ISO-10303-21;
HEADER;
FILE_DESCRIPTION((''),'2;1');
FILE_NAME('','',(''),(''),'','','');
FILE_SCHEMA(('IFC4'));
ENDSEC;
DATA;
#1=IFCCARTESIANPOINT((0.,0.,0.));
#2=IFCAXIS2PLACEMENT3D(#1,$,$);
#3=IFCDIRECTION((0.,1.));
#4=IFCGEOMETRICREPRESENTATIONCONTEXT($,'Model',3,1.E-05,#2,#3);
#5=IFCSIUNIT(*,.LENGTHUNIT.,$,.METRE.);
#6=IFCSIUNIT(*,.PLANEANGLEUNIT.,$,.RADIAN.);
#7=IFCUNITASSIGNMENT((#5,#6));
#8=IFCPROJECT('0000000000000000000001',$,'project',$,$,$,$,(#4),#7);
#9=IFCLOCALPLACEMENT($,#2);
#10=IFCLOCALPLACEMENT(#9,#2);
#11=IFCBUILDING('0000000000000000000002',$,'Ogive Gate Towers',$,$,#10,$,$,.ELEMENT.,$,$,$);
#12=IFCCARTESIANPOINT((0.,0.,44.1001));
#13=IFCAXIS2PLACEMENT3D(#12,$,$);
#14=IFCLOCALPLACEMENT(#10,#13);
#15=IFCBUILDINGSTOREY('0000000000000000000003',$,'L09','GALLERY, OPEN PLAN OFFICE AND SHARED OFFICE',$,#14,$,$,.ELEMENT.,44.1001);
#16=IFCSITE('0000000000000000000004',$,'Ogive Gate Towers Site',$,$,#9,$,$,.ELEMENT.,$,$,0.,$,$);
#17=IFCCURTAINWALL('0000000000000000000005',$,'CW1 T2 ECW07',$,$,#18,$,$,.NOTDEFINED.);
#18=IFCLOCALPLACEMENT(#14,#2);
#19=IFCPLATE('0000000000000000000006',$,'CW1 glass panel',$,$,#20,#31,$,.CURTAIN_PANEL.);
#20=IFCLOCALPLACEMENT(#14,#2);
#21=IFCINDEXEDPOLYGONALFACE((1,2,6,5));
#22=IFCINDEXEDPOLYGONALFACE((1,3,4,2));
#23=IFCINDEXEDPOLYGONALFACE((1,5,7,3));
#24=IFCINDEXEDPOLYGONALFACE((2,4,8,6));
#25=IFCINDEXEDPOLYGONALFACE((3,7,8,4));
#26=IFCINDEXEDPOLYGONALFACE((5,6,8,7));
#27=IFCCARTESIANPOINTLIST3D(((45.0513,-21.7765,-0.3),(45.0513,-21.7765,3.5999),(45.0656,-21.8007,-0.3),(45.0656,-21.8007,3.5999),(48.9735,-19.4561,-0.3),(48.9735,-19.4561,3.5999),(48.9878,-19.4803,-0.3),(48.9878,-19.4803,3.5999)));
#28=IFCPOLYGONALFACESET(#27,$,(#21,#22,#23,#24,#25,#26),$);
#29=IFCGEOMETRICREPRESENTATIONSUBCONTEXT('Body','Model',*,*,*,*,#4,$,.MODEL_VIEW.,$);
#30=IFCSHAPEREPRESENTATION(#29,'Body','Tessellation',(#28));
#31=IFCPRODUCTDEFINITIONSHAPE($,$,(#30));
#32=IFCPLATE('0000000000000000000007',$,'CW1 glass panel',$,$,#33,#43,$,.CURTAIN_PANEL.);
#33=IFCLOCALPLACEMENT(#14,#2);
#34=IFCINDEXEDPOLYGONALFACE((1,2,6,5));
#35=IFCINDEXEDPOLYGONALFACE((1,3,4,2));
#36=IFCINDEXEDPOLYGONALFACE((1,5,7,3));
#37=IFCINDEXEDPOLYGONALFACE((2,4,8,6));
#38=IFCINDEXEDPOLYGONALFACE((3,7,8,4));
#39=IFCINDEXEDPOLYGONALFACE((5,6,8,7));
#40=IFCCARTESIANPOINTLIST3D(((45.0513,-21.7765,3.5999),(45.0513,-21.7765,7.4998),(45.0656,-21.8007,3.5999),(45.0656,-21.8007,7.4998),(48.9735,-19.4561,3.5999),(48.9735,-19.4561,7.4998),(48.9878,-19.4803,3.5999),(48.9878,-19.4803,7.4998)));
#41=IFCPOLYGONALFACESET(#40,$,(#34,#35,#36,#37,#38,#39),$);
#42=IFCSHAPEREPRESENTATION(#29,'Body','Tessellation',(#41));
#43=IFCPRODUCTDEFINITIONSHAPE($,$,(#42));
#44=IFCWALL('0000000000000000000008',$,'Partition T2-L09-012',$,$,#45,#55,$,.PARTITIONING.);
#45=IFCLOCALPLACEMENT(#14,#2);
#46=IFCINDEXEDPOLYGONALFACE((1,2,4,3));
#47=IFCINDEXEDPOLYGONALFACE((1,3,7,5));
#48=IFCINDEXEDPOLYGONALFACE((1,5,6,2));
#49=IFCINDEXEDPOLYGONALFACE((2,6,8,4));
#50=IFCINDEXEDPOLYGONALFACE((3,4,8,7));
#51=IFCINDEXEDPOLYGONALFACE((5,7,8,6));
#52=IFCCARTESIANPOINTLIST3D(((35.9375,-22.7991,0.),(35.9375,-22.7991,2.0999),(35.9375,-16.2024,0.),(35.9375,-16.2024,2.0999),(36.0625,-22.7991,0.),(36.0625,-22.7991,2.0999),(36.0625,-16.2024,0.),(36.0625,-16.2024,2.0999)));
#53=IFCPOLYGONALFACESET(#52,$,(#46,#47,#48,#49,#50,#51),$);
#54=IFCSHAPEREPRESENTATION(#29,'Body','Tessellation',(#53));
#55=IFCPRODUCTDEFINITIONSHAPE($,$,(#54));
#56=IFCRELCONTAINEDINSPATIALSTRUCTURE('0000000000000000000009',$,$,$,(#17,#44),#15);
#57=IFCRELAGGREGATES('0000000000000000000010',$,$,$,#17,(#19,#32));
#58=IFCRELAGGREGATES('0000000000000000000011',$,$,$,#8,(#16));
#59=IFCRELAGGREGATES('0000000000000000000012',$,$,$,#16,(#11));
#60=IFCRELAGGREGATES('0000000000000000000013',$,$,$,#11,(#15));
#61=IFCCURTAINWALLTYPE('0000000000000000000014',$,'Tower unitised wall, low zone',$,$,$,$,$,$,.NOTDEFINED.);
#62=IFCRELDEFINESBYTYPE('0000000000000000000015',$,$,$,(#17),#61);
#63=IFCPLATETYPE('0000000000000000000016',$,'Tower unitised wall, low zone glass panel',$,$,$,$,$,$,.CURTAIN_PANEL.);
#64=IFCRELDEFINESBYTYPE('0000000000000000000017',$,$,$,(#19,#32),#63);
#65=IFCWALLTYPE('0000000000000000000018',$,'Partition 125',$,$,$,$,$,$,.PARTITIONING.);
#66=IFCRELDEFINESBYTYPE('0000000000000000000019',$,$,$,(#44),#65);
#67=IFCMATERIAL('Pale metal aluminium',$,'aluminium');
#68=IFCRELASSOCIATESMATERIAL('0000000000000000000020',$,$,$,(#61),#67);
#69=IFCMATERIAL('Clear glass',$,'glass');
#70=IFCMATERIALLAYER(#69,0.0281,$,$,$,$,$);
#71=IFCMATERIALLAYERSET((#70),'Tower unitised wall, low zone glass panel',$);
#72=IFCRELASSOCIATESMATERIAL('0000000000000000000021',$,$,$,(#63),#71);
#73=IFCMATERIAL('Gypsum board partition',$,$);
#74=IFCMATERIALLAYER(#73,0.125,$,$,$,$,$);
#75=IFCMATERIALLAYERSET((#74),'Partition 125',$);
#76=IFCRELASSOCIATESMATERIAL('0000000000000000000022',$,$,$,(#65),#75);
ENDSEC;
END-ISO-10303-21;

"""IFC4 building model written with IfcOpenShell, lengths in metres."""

from ifc_helpers import new_model, si_unit, direction, frame, frame_2d, origin, origin_2d, place, context, subcontext, project, spatial, rectangle, extrude, material, layer, layer_set, type_object, element, aggregate, save


model = new_model("IFC4")

# Units and contexts
model_context = context("Model", 3, precision=1e-05, world=origin(), true_north=direction((0.0, 1.0)))
body_context = subcontext(model_context, "Body", "Model", "MODEL_VIEW")
ifc_project = project(units=[si_unit("LENGTHUNIT", "METRE"), si_unit("PLANEANGLEUNIT", "RADIAN")], contexts=[model_context])

# Site, building, storey
site_placement = place(None, origin())
site = spatial("IfcSite", under=ifc_project, at=site_placement, Name="Ogive Gate Towers Site", CompositionType="ELEMENT", RefElevation=0.0)
building_placement = place(site_placement, origin())
building = spatial("IfcBuilding", under=site, at=building_placement, Name="Ogive Gate Towers", CompositionType="ELEMENT")
storey_placement = place(building_placement, frame((0.0, 0.0, 44.1001)))
storey = spatial("IfcBuildingStorey", under=building, at=storey_placement, Name="L09", Description="GALLERY, OPEN PLAN OFFICE AND SHARED OFFICE", CompositionType="ELEMENT", Elevation=44.1001)

# Curtain wall, plates
ifc_material_1 = material(Name="Pale metal aluminium", Category="aluminium")
curtain_wall_type = type_object("IfcCurtainWallType", Name="Tower unitised wall, low zone", PredefinedType="NOTDEFINED", material=ifc_material_1)
curtain_wall_placement = place(storey_placement, origin())
curtain_wall = element("IfcCurtainWall", 1, at=curtain_wall_placement, inside=storey, type_object=curtain_wall_type, Name="CW1 T2 ECW07", PredefinedType="NOTDEFINED")
ifc_material_2 = material(Name="Clear glass", Category="glass")
ifc_layer_1 = layer(ifc_material_2, 0.0281)
ifc_layer_set_1 = layer_set([ifc_layer_1], Name="Tower unitised wall, low zone glass panel")
plate_type = type_object("IfcPlateType", Name="Tower unitised wall, low zone glass panel", PredefinedType="CURTAIN_PANEL", material=ifc_layer_set_1)
plate_1_placement = place(storey_placement, frame((47.0195, -20.6284, -0.3), z_axis=(0.0, 0.0, 1.0), x_axis=(0.860662, 0.509177, 0.0)))
plate_1 = element("IfcPlate", 2, at=plate_1_placement, type_object=plate_type, Name="CW1 glass panel", PredefinedType="CURTAIN_PANEL", context=body_context, shape_type="SweptSolid", body=[
    extrude(rectangle(XDim=4.5571, YDim=0.0281, at=origin_2d()), origin(), (0.0, 0.0, 1.0), 3.8999),
])
plate_2_placement = place(storey_placement, frame((47.0195, -20.6284, 3.5999), z_axis=(0.0, 0.0, 1.0), x_axis=(0.860662, 0.509177, 0.0)))
plate_2 = element("IfcPlate", 3, at=plate_2_placement, type_object=plate_type, Name="CW1 glass panel", PredefinedType="CURTAIN_PANEL", context=body_context, shape_type="SweptSolid", body=[
    extrude(rectangle(XDim=4.5571, YDim=0.0281, at=origin_2d()), origin(), (0.0, 0.0, 1.0), 3.8999),
])
aggregate(curtain_wall, [plate_1, plate_2])

# Wall
ifc_material_3 = material(Name="Gypsum board partition")
ifc_layer_2 = layer(ifc_material_3, 0.125)
ifc_layer_set_2 = layer_set([ifc_layer_2], Name="Partition 125")
wall_type = type_object("IfcWallType", Name="Partition 125", PredefinedType="PARTITIONING", material=ifc_layer_set_2)
wall_placement = place(storey_placement, frame((36.0, -22.7991, 0.0), z_axis=(0.0, 0.0, 1.0), x_axis=(0.0, 1.0, 0.0)))
element("IfcWall", 4, at=wall_placement, inside=storey, type_object=wall_type, Name="Partition T2-L09-012", PredefinedType="PARTITIONING", context=body_context, shape_type="SweptSolid", body=[
    extrude(rectangle(XDim=6.5967, YDim=0.125, at=frame_2d((3.2983, 0.0))), origin(), (0.0, 0.0, 1.0), 2.0999),
])

save(model, "model.ifc")
